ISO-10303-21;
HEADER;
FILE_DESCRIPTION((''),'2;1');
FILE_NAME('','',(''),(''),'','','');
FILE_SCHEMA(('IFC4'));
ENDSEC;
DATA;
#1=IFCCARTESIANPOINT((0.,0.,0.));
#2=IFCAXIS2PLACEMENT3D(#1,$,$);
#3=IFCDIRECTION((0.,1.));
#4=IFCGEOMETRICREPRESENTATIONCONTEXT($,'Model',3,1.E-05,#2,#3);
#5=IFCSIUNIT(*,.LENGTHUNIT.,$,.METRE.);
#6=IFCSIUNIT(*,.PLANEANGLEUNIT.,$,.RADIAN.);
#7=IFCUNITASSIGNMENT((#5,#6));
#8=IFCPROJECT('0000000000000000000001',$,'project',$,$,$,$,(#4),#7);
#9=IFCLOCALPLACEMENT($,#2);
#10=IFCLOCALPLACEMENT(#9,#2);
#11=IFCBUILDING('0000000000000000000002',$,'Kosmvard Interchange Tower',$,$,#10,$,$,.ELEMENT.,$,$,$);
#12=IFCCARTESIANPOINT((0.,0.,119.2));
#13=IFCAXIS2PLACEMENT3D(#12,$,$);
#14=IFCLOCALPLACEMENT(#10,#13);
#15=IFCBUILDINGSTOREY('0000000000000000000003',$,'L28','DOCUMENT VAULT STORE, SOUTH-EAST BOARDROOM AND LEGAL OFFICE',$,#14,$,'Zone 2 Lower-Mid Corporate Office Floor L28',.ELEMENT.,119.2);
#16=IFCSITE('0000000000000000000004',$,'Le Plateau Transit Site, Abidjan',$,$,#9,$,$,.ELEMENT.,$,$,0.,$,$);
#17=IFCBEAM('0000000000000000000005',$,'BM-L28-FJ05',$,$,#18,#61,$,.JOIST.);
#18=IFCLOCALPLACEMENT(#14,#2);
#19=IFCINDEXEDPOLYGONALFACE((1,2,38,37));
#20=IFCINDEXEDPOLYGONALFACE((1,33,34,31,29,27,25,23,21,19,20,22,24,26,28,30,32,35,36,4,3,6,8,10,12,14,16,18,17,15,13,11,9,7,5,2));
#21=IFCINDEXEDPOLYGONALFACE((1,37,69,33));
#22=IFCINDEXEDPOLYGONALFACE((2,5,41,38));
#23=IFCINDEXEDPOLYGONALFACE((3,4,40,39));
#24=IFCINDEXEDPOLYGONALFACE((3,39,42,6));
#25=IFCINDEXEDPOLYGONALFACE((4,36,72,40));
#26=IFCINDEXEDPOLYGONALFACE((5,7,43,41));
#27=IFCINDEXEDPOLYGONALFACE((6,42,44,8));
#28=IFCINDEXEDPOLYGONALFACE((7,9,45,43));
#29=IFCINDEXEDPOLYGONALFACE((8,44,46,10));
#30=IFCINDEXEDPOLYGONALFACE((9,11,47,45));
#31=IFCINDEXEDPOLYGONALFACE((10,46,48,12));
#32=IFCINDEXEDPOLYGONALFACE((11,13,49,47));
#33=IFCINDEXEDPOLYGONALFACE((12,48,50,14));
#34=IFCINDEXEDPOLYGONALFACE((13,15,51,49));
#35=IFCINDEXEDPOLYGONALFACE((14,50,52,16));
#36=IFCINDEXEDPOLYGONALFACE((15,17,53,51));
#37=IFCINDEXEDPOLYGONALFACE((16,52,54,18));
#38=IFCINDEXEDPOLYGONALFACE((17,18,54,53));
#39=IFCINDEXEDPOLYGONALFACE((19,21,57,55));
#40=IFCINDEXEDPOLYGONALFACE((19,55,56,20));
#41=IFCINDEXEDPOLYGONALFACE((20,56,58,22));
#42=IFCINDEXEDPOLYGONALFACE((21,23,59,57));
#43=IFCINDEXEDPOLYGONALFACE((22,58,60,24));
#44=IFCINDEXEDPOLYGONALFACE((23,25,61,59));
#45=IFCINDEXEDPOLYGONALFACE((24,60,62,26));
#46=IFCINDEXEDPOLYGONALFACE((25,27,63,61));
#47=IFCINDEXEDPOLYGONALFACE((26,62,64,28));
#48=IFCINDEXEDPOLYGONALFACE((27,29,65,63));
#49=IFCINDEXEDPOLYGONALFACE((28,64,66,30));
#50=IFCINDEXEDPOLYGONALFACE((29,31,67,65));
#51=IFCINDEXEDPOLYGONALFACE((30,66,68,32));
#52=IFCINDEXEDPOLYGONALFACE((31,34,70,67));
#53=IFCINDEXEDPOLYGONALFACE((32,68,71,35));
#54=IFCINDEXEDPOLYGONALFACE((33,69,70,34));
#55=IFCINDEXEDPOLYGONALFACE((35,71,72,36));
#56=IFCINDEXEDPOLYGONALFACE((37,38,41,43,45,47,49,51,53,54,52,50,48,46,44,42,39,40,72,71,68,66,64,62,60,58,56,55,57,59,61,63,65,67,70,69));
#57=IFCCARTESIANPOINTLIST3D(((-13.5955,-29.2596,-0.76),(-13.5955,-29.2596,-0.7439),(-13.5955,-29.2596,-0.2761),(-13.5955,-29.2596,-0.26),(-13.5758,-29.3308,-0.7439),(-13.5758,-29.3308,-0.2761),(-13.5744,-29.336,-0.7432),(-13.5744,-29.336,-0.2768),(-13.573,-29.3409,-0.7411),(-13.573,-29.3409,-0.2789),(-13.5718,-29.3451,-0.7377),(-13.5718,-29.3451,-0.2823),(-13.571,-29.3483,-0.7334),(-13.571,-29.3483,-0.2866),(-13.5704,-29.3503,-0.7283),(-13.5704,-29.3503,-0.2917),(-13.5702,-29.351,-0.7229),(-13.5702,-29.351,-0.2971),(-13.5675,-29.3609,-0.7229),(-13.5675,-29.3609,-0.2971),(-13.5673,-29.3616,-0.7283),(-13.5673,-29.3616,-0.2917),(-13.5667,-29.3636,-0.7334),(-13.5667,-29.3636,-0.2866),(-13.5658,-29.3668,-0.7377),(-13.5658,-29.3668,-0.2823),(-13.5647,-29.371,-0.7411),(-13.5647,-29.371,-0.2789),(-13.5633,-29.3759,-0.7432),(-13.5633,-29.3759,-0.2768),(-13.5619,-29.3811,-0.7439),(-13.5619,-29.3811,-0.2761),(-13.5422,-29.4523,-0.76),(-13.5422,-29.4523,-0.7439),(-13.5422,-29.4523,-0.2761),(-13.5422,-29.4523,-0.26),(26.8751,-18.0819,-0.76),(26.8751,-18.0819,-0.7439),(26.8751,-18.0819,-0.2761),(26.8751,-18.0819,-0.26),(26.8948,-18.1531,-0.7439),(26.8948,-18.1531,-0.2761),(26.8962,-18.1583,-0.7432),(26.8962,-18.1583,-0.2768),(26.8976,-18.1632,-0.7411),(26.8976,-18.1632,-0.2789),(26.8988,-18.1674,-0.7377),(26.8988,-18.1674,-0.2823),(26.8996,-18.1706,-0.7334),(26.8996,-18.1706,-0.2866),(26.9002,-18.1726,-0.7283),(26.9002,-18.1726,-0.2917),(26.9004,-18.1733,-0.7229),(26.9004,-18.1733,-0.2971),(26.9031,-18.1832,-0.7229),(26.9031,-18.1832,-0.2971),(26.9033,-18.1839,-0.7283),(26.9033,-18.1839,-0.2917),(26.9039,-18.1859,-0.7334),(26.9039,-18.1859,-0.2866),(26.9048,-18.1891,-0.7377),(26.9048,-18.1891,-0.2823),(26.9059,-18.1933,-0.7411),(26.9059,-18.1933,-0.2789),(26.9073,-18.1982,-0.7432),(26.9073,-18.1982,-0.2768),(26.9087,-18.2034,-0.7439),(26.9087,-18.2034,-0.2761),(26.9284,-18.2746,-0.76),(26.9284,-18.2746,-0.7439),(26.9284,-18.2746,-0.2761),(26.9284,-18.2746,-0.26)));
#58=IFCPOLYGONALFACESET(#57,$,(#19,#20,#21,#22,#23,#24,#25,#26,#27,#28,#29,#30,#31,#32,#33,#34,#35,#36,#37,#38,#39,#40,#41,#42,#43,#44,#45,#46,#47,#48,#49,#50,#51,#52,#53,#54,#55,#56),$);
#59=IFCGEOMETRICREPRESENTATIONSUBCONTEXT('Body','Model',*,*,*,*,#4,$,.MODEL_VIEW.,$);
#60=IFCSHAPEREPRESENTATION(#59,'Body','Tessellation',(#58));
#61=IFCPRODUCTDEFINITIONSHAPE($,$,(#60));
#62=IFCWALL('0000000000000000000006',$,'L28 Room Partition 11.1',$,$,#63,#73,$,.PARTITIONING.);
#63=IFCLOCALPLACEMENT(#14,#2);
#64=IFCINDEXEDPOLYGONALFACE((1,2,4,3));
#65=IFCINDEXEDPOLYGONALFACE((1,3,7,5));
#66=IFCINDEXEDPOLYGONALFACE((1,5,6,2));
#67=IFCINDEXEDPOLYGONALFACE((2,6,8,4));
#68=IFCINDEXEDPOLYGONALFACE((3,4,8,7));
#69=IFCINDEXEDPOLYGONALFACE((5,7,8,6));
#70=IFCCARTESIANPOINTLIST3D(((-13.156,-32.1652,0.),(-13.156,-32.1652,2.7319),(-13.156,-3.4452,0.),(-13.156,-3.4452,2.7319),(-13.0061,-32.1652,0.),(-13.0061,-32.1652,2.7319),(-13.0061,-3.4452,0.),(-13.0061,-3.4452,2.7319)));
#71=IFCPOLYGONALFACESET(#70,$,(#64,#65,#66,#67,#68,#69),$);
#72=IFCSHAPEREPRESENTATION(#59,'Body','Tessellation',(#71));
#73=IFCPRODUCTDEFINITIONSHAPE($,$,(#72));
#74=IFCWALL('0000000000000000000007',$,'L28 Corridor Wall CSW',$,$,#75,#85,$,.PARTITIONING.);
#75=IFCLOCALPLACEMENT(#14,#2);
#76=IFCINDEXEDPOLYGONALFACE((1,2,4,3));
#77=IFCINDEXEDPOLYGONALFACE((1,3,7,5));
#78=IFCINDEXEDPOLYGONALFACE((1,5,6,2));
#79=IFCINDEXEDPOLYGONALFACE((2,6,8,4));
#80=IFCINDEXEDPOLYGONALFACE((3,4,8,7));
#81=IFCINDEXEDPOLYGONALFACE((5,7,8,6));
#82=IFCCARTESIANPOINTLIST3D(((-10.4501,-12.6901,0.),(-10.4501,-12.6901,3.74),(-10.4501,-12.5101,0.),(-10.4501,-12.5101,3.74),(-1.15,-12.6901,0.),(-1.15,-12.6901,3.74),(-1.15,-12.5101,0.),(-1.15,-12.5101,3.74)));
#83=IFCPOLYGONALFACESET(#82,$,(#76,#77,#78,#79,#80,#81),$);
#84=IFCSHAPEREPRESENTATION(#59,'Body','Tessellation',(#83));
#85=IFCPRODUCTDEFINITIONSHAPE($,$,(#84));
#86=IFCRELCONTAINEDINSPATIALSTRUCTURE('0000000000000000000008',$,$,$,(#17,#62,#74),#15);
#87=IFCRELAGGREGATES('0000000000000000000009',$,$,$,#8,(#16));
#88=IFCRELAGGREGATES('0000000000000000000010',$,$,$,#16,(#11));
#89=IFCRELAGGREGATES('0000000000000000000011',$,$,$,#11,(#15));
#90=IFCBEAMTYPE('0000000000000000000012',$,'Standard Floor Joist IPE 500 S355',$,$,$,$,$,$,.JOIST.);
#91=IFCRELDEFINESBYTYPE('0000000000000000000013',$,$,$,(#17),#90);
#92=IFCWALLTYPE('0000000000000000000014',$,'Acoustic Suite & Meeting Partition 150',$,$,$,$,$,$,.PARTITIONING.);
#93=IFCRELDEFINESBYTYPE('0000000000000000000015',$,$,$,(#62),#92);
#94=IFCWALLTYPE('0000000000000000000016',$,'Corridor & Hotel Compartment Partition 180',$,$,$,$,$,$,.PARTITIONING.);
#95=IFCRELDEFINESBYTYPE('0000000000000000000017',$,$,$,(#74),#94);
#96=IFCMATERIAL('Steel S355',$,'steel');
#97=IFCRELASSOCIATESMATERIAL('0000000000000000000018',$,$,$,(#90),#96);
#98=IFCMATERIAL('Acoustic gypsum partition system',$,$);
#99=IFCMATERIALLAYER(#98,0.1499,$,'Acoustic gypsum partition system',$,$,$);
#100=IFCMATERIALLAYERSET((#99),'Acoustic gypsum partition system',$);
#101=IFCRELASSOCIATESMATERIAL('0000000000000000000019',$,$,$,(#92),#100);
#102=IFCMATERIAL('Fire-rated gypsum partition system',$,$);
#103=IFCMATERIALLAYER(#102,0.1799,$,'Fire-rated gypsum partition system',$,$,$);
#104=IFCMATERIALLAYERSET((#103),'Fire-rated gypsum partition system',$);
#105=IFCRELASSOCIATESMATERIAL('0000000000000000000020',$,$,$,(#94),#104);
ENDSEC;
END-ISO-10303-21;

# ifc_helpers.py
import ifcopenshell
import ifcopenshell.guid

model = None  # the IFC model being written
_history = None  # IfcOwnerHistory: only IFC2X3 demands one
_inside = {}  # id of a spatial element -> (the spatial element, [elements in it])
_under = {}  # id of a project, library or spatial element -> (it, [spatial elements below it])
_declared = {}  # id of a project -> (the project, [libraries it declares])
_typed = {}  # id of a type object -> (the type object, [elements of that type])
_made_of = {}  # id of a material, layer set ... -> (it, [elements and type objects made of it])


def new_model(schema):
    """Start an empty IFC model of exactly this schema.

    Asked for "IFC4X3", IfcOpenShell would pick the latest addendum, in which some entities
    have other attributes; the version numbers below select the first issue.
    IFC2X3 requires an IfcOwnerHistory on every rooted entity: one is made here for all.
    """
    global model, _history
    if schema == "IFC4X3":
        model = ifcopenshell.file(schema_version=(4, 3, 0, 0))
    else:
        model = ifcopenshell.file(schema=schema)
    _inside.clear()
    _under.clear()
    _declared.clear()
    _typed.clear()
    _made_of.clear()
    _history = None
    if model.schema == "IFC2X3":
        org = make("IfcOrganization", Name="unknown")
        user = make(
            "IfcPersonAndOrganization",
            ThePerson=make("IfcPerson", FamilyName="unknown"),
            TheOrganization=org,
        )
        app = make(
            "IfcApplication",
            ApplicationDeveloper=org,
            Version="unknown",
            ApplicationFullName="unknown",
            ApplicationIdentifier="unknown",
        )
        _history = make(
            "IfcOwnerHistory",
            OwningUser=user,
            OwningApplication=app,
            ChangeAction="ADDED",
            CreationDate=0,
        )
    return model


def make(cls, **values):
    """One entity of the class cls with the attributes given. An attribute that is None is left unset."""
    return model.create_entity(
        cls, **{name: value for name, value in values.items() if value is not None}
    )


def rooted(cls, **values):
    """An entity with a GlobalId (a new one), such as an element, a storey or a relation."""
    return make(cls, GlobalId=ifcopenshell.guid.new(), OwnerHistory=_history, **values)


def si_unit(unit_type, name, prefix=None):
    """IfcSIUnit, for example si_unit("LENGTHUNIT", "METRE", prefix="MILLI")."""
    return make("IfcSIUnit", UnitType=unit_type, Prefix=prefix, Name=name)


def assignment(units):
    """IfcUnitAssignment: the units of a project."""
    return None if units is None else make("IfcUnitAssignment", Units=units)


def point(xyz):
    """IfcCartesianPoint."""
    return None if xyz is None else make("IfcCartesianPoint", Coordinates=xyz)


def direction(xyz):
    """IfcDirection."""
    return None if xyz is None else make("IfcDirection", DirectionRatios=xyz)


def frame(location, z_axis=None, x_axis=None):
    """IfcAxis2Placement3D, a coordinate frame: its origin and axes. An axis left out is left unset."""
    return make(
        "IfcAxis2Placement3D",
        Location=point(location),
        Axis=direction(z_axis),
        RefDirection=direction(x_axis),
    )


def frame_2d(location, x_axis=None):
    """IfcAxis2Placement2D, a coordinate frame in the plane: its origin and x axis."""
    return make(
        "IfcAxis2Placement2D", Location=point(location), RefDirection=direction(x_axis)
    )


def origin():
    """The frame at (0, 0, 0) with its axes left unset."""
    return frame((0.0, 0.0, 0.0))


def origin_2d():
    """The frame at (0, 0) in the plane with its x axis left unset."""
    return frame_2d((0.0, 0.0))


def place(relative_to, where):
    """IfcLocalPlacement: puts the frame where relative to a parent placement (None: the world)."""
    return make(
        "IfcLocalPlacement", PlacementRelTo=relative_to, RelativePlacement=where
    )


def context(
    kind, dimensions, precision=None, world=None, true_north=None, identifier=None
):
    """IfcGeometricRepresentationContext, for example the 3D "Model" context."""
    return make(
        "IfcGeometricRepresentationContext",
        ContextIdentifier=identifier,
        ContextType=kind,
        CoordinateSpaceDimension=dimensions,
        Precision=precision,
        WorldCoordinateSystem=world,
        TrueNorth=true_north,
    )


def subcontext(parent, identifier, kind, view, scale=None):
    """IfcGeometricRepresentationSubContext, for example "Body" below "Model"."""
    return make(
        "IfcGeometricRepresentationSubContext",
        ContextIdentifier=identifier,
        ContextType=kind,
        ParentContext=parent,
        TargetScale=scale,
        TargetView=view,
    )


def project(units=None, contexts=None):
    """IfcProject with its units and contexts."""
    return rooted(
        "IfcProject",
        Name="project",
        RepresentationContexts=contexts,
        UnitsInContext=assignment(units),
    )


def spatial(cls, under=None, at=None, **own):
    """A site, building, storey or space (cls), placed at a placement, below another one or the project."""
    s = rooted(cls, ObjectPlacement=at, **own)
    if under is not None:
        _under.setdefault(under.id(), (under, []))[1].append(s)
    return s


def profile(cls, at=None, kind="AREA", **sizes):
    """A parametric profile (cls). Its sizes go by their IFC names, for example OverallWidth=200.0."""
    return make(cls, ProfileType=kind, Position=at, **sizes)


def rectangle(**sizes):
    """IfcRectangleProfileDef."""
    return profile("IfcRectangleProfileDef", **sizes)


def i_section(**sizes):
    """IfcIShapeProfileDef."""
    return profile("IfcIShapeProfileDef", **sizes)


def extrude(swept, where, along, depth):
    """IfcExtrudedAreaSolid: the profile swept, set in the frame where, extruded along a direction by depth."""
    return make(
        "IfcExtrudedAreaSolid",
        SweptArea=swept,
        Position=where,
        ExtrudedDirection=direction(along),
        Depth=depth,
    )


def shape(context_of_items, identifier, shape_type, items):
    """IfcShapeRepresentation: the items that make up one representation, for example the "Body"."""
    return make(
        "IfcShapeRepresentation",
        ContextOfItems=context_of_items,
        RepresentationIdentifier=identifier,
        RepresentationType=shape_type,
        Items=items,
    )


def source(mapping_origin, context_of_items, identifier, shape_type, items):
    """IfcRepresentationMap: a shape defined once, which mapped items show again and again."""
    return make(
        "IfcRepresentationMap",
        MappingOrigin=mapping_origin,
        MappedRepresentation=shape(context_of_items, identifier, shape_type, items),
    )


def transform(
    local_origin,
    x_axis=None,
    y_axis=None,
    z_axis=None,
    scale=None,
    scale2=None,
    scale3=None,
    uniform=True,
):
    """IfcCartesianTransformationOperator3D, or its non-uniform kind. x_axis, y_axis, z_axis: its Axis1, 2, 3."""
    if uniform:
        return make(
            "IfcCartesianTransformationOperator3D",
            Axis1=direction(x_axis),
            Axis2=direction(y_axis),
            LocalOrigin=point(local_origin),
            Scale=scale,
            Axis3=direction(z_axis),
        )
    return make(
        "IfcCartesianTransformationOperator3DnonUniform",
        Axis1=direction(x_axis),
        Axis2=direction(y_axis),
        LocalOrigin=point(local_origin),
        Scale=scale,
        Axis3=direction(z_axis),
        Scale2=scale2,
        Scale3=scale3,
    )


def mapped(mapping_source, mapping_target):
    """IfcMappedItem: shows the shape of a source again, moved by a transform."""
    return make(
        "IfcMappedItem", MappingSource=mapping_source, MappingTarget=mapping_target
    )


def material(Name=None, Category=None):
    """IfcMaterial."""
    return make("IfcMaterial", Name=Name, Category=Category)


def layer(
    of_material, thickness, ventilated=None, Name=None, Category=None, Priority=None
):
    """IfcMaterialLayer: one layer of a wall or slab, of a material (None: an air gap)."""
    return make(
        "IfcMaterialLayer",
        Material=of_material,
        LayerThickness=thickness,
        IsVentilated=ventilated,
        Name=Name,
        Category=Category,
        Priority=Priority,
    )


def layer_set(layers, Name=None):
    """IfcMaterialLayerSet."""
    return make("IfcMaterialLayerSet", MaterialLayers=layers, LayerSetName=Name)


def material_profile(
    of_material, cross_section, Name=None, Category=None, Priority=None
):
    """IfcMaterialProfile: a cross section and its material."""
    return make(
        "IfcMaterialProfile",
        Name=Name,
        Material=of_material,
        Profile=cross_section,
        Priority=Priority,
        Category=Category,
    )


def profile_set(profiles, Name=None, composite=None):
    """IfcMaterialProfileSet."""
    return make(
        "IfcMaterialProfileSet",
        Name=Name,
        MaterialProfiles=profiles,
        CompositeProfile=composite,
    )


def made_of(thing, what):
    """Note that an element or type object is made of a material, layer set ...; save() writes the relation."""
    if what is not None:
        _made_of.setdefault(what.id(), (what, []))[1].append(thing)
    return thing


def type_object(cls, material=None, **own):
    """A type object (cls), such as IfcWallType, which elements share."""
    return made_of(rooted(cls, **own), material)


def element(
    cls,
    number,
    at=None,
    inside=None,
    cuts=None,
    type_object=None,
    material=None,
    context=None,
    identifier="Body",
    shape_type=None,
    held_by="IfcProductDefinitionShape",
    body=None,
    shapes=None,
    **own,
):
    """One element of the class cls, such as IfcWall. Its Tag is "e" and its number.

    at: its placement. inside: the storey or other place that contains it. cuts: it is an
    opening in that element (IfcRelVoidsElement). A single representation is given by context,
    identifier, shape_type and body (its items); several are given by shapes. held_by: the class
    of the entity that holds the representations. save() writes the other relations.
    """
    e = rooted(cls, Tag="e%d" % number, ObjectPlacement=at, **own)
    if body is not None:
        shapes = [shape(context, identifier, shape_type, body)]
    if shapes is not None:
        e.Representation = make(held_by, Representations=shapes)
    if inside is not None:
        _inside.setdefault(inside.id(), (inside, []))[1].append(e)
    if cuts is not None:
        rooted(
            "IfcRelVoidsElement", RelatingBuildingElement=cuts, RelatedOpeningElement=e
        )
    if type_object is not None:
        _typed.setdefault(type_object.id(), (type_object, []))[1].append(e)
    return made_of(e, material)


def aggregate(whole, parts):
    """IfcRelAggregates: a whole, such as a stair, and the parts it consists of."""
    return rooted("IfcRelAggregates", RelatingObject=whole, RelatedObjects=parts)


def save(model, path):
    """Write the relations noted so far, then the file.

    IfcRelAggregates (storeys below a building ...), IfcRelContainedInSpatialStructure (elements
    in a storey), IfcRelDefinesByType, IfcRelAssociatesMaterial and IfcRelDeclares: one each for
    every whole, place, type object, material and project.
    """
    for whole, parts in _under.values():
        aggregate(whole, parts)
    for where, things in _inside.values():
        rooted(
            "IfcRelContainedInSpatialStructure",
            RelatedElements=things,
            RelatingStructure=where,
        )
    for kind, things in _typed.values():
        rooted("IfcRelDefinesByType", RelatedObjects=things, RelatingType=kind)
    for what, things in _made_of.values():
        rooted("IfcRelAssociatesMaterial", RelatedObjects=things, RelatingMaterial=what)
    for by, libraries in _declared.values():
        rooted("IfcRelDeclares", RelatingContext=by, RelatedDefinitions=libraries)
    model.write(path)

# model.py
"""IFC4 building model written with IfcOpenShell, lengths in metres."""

from ifc_helpers import new_model, si_unit, direction, frame, frame_2d, origin, origin_2d, place, context, subcontext, project, spatial, rectangle, i_section, extrude, source, transform, mapped, material, layer, layer_set, material_profile, profile_set, type_object, element, save


model = new_model("IFC4")

# Units and contexts
model_context = context("Model", 3, precision=1e-05, world=origin(), true_north=direction((0.0, 1.0)))
body_context = subcontext(model_context, "Body", "Model", "MODEL_VIEW")
ifc_project = project(units=[si_unit("LENGTHUNIT", "METRE"), si_unit("PLANEANGLEUNIT", "RADIAN")], contexts=[model_context])

# Site, building, storey
site_placement = place(None, origin())
site = spatial("IfcSite", under=ifc_project, at=site_placement, Name="Le Plateau Transit Site, Abidjan", CompositionType="ELEMENT", RefElevation=0.0)
building_placement = place(site_placement, origin())
building = spatial("IfcBuilding", under=site, at=building_placement, Name="Kosmvard Interchange Tower", CompositionType="ELEMENT")
storey_placement = place(building_placement, frame((0.0, 0.0, 119.2)))
storey = spatial("IfcBuildingStorey", under=building, at=storey_placement, Name="L28", Description="DOCUMENT VAULT STORE, SOUTH-EAST BOARDROOM AND LEGAL OFFICE", LongName="Zone 2 Lower-Mid Corporate Office Floor L28", CompositionType="ELEMENT", Elevation=119.2)

# Beam
ifc_material_1 = material(Name="Steel S355", Category="steel")
ifc_material_profile_1 = material_profile(ifc_material_1, i_section(OverallWidth=0.2, OverallDepth=0.5, WebThickness=0.0103, FlangeThickness=0.0161, FilletRadius=0.021, at=origin_2d()), Name="IPE 500")
ifc_profile_set_1 = profile_set([ifc_material_profile_1], Name="Steel S355")
beam_type_1 = type_object("IfcBeamType", Name="Standard Floor Joist IPE 500 S355", PredefinedType="JOIST", material=ifc_profile_set_1)
shared_shape_1 = source(origin(), body_context, "Body", "SweptSolid", [
    extrude(i_section(OverallWidth=0.2, OverallDepth=0.5, WebThickness=0.0103, FlangeThickness=0.0161, FilletRadius=0.021, at=origin_2d()), origin(), (0.0, 0.0, 1.0), 41.9858),
])
beam_1_placement = place(storey_placement, frame((-13.5688, -29.356, -0.51), z_axis=(0.963911, 0.266226, 0.0), x_axis=(-0.266226, 0.963911, 0.0)))
element("IfcBeam", 1, at=beam_1_placement, inside=storey, type_object=beam_type_1, Name="BM-L28-FJ05", PredefinedType="JOIST", context=body_context, shape_type="MappedRepresentation", body=[
    mapped(shared_shape_1, transform((0.0, 0.0, 0.0), scale=1.0)),
])

# Walls
ifc_material_2 = material(Name="Acoustic gypsum partition system")
ifc_layer_1 = layer(ifc_material_2, 0.1499, Name="Acoustic gypsum partition system")
ifc_layer_set_1 = layer_set([ifc_layer_1], Name="Acoustic gypsum partition system")
wall_type_1 = type_object("IfcWallType", Name="Acoustic Suite & Meeting Partition 150", PredefinedType="PARTITIONING", material=ifc_layer_set_1)
wall_1_placement = place(storey_placement, frame((-13.0811, -32.165, 0.0), z_axis=(0.0, 0.0, 1.0), x_axis=(0.0, 1.0, 0.0)))
element("IfcWall", 2, at=wall_1_placement, inside=storey, type_object=wall_type_1, Name="L28 Room Partition 11.1", PredefinedType="PARTITIONING", context=body_context, shape_type="SweptSolid", body=[
    extrude(rectangle(XDim=28.72, YDim=0.1499, at=frame_2d((14.3599, 0.0))), origin(), (0.0, 0.0, 1.0), 2.7319),
])
ifc_material_3 = material(Name="Fire-rated gypsum partition system")
ifc_layer_2 = layer(ifc_material_3, 0.1799, Name="Fire-rated gypsum partition system")
ifc_layer_set_2 = layer_set([ifc_layer_2], Name="Fire-rated gypsum partition system")
wall_type_2 = type_object("IfcWallType", Name="Corridor & Hotel Compartment Partition 180", PredefinedType="PARTITIONING", material=ifc_layer_set_2)
wall_2_placement = place(storey_placement, frame((-10.45, -12.6001, 0.0), z_axis=(0.0, 0.0, 1.0), x_axis=(1.0, 0.0, 0.0)))
element("IfcWall", 3, at=wall_2_placement, inside=storey, type_object=wall_type_2, Name="L28 Corridor Wall CSW", PredefinedType="PARTITIONING", context=body_context, shape_type="SweptSolid", body=[
    extrude(rectangle(XDim=9.3, YDim=0.1799, at=frame_2d((4.6499, 0.0))), origin(), (0.0, 0.0, 1.0), 3.74),
])

save(model, "model.ifc")
